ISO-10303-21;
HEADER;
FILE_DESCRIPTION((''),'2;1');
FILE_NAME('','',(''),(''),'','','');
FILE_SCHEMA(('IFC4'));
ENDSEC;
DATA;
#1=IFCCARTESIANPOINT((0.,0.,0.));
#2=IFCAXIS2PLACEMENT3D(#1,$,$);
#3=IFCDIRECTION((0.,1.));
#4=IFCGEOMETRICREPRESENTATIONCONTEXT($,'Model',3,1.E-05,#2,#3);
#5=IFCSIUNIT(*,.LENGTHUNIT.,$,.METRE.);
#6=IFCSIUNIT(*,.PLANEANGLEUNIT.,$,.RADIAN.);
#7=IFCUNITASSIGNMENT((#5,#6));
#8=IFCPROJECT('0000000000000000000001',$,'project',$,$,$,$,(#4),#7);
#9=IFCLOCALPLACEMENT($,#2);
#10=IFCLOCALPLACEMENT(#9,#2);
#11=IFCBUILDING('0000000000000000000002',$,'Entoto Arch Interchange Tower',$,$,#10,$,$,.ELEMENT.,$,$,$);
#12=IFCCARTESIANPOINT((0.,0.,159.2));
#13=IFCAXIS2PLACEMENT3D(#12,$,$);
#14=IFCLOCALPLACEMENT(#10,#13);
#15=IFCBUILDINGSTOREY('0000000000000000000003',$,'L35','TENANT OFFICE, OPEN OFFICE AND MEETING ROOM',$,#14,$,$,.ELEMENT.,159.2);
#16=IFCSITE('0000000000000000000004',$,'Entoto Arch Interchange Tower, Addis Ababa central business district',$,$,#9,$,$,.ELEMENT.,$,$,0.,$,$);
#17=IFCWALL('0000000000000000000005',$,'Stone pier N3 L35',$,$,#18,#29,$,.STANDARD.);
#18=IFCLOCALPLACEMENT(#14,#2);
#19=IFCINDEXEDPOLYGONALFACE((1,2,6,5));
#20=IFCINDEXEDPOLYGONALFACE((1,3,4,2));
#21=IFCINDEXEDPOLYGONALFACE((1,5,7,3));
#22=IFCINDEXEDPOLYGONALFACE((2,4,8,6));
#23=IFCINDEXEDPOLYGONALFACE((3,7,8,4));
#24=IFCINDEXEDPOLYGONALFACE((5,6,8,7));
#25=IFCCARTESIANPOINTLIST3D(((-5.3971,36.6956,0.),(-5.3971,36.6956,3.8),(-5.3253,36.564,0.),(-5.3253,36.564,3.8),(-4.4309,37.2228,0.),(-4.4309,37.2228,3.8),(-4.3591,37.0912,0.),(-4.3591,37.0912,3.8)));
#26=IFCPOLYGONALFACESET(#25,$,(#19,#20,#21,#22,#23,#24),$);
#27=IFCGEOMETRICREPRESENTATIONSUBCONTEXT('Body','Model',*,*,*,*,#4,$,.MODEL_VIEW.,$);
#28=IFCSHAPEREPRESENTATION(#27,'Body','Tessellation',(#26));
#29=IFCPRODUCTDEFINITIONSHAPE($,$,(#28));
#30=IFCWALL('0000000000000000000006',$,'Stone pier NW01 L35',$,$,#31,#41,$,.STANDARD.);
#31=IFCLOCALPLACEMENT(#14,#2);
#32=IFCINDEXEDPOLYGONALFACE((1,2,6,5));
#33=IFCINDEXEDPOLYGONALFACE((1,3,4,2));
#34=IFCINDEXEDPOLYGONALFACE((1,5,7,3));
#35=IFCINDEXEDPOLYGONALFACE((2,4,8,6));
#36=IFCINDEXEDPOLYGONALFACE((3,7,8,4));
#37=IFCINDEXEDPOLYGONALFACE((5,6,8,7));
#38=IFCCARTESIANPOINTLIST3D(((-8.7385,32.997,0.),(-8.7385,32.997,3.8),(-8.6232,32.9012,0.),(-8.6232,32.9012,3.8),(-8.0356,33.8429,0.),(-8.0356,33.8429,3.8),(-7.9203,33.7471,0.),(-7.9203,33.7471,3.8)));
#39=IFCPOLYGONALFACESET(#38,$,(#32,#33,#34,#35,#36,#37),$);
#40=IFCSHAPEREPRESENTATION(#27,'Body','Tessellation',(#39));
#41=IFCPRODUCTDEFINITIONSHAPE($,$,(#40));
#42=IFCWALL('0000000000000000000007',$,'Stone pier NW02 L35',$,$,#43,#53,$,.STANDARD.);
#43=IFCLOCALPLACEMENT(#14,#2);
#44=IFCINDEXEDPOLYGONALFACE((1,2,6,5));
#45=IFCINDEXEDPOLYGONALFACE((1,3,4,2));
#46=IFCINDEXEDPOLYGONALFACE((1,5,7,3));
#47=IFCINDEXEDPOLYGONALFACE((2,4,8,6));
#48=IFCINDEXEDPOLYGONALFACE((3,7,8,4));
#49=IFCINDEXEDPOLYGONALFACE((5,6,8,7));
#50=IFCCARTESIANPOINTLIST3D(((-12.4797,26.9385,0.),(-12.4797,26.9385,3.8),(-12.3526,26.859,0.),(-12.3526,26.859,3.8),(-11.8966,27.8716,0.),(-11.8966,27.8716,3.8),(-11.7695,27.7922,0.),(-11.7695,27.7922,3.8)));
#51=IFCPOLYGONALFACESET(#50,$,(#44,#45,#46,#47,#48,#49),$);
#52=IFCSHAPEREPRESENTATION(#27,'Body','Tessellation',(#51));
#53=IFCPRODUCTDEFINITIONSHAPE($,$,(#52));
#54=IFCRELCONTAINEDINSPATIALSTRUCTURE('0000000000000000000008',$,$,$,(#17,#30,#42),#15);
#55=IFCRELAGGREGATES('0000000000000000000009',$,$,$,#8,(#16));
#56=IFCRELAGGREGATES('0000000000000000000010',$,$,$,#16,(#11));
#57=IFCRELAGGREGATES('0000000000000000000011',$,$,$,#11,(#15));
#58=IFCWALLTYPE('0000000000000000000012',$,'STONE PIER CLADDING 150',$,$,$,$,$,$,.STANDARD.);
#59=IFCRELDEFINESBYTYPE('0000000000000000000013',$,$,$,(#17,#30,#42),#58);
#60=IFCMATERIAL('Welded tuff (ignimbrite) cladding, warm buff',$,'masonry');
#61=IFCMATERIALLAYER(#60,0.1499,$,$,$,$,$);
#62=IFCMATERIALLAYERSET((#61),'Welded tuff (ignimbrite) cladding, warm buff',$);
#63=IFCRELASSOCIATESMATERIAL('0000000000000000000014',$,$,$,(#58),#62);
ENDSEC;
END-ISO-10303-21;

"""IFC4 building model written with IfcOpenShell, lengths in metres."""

from ifc_helpers import new_model, si_unit, direction, frame, frame_2d, origin, place, context, subcontext, project, spatial, rectangle, extrude, material, layer, layer_set, type_object, element, save


model = new_model("IFC4")

# Units and contexts
model_context = context("Model", 3, precision=1e-05, world=origin(), true_north=direction((0.0, 1.0)))
body_context = subcontext(model_context, "Body", "Model", "MODEL_VIEW")
ifc_project = project(units=[si_unit("LENGTHUNIT", "METRE"), si_unit("PLANEANGLEUNIT", "RADIAN")], contexts=[model_context])

# Site, building, storey
site_placement = place(None, origin())
site = spatial("IfcSite", under=ifc_project, at=site_placement, Name="Entoto Arch Interchange Tower, Addis Ababa central business district", CompositionType="ELEMENT", RefElevation=0.0)
building_placement = place(site_placement, origin())
building = spatial("IfcBuilding", under=site, at=building_placement, Name="Entoto Arch Interchange Tower", CompositionType="ELEMENT")
storey_placement = place(building_placement, frame((0.0, 0.0, 159.2)))
storey = spatial("IfcBuildingStorey", under=building, at=storey_placement, Name="L35", Description="TENANT OFFICE, OPEN OFFICE AND MEETING ROOM", CompositionType="ELEMENT", Elevation=159.2)

# Shared definitions
ifc_material_1 = material(Name="Welded tuff (ignimbrite) cladding, warm buff", Category="masonry")

# Walls
ifc_layer_1 = layer(ifc_material_1, 0.1499)
ifc_layer_set_1 = layer_set([ifc_layer_1], Name="Welded tuff (ignimbrite) cladding, warm buff")
wall_type_1 = type_object("IfcWallType", Name="STONE PIER CLADDING 150", PredefinedType="STANDARD", material=ifc_layer_set_1)
wall_1_placement = place(storey_placement, frame((-4.395, 37.157, 0.0), z_axis=(0.0, 0.0, 1.0), x_axis=(-0.877836, -0.478961, 0.0)))
element("IfcWall", 1, at=wall_1_placement, inside=storey, type_object=wall_type_1, Name="Stone pier N3 L35", PredefinedType="STANDARD", context=body_context, shape_type="SweptSolid", body=[
    extrude(rectangle(XDim=1.1006, YDim=0.1499, at=frame_2d((0.5503, 0.0))), origin(), (0.0, 0.0, 1.0), 3.8),
])
wall_2_placement = place(storey_placement, frame((-7.978, 33.7949, 0.0), z_axis=(0.0, 0.0, 1.0), x_axis=(-0.63907, -0.769148, 0.0)))
element("IfcWall", 2, at=wall_2_placement, inside=storey, type_object=wall_type_1, Name="Stone pier NW01 L35", PredefinedType="STANDARD", context=body_context, shape_type="SweptSolid", body=[
    extrude(rectangle(XDim=1.0999, YDim=0.1499, at=frame_2d((0.5498, 0.0))), origin(), (0.0, 0.0, 1.0), 3.8),
])
wall_3_placement = place(storey_placement, frame((-11.833, 27.832, 0.0), z_axis=(0.0, 0.0, 1.0), x_axis=(-0.529879, -0.848073, 0.0)))
element("IfcWall", 3, at=wall_3_placement, inside=storey, type_object=wall_type_1, Name="Stone pier NW02 L35", PredefinedType="STANDARD", context=body_context, shape_type="SweptSolid", body=[
    extrude(rectangle(XDim=1.1003, YDim=0.1499, at=frame_2d((0.5503, 0.0))), origin(), (0.0, 0.0, 1.0), 3.8),
])

save(model, "model.ifc")
